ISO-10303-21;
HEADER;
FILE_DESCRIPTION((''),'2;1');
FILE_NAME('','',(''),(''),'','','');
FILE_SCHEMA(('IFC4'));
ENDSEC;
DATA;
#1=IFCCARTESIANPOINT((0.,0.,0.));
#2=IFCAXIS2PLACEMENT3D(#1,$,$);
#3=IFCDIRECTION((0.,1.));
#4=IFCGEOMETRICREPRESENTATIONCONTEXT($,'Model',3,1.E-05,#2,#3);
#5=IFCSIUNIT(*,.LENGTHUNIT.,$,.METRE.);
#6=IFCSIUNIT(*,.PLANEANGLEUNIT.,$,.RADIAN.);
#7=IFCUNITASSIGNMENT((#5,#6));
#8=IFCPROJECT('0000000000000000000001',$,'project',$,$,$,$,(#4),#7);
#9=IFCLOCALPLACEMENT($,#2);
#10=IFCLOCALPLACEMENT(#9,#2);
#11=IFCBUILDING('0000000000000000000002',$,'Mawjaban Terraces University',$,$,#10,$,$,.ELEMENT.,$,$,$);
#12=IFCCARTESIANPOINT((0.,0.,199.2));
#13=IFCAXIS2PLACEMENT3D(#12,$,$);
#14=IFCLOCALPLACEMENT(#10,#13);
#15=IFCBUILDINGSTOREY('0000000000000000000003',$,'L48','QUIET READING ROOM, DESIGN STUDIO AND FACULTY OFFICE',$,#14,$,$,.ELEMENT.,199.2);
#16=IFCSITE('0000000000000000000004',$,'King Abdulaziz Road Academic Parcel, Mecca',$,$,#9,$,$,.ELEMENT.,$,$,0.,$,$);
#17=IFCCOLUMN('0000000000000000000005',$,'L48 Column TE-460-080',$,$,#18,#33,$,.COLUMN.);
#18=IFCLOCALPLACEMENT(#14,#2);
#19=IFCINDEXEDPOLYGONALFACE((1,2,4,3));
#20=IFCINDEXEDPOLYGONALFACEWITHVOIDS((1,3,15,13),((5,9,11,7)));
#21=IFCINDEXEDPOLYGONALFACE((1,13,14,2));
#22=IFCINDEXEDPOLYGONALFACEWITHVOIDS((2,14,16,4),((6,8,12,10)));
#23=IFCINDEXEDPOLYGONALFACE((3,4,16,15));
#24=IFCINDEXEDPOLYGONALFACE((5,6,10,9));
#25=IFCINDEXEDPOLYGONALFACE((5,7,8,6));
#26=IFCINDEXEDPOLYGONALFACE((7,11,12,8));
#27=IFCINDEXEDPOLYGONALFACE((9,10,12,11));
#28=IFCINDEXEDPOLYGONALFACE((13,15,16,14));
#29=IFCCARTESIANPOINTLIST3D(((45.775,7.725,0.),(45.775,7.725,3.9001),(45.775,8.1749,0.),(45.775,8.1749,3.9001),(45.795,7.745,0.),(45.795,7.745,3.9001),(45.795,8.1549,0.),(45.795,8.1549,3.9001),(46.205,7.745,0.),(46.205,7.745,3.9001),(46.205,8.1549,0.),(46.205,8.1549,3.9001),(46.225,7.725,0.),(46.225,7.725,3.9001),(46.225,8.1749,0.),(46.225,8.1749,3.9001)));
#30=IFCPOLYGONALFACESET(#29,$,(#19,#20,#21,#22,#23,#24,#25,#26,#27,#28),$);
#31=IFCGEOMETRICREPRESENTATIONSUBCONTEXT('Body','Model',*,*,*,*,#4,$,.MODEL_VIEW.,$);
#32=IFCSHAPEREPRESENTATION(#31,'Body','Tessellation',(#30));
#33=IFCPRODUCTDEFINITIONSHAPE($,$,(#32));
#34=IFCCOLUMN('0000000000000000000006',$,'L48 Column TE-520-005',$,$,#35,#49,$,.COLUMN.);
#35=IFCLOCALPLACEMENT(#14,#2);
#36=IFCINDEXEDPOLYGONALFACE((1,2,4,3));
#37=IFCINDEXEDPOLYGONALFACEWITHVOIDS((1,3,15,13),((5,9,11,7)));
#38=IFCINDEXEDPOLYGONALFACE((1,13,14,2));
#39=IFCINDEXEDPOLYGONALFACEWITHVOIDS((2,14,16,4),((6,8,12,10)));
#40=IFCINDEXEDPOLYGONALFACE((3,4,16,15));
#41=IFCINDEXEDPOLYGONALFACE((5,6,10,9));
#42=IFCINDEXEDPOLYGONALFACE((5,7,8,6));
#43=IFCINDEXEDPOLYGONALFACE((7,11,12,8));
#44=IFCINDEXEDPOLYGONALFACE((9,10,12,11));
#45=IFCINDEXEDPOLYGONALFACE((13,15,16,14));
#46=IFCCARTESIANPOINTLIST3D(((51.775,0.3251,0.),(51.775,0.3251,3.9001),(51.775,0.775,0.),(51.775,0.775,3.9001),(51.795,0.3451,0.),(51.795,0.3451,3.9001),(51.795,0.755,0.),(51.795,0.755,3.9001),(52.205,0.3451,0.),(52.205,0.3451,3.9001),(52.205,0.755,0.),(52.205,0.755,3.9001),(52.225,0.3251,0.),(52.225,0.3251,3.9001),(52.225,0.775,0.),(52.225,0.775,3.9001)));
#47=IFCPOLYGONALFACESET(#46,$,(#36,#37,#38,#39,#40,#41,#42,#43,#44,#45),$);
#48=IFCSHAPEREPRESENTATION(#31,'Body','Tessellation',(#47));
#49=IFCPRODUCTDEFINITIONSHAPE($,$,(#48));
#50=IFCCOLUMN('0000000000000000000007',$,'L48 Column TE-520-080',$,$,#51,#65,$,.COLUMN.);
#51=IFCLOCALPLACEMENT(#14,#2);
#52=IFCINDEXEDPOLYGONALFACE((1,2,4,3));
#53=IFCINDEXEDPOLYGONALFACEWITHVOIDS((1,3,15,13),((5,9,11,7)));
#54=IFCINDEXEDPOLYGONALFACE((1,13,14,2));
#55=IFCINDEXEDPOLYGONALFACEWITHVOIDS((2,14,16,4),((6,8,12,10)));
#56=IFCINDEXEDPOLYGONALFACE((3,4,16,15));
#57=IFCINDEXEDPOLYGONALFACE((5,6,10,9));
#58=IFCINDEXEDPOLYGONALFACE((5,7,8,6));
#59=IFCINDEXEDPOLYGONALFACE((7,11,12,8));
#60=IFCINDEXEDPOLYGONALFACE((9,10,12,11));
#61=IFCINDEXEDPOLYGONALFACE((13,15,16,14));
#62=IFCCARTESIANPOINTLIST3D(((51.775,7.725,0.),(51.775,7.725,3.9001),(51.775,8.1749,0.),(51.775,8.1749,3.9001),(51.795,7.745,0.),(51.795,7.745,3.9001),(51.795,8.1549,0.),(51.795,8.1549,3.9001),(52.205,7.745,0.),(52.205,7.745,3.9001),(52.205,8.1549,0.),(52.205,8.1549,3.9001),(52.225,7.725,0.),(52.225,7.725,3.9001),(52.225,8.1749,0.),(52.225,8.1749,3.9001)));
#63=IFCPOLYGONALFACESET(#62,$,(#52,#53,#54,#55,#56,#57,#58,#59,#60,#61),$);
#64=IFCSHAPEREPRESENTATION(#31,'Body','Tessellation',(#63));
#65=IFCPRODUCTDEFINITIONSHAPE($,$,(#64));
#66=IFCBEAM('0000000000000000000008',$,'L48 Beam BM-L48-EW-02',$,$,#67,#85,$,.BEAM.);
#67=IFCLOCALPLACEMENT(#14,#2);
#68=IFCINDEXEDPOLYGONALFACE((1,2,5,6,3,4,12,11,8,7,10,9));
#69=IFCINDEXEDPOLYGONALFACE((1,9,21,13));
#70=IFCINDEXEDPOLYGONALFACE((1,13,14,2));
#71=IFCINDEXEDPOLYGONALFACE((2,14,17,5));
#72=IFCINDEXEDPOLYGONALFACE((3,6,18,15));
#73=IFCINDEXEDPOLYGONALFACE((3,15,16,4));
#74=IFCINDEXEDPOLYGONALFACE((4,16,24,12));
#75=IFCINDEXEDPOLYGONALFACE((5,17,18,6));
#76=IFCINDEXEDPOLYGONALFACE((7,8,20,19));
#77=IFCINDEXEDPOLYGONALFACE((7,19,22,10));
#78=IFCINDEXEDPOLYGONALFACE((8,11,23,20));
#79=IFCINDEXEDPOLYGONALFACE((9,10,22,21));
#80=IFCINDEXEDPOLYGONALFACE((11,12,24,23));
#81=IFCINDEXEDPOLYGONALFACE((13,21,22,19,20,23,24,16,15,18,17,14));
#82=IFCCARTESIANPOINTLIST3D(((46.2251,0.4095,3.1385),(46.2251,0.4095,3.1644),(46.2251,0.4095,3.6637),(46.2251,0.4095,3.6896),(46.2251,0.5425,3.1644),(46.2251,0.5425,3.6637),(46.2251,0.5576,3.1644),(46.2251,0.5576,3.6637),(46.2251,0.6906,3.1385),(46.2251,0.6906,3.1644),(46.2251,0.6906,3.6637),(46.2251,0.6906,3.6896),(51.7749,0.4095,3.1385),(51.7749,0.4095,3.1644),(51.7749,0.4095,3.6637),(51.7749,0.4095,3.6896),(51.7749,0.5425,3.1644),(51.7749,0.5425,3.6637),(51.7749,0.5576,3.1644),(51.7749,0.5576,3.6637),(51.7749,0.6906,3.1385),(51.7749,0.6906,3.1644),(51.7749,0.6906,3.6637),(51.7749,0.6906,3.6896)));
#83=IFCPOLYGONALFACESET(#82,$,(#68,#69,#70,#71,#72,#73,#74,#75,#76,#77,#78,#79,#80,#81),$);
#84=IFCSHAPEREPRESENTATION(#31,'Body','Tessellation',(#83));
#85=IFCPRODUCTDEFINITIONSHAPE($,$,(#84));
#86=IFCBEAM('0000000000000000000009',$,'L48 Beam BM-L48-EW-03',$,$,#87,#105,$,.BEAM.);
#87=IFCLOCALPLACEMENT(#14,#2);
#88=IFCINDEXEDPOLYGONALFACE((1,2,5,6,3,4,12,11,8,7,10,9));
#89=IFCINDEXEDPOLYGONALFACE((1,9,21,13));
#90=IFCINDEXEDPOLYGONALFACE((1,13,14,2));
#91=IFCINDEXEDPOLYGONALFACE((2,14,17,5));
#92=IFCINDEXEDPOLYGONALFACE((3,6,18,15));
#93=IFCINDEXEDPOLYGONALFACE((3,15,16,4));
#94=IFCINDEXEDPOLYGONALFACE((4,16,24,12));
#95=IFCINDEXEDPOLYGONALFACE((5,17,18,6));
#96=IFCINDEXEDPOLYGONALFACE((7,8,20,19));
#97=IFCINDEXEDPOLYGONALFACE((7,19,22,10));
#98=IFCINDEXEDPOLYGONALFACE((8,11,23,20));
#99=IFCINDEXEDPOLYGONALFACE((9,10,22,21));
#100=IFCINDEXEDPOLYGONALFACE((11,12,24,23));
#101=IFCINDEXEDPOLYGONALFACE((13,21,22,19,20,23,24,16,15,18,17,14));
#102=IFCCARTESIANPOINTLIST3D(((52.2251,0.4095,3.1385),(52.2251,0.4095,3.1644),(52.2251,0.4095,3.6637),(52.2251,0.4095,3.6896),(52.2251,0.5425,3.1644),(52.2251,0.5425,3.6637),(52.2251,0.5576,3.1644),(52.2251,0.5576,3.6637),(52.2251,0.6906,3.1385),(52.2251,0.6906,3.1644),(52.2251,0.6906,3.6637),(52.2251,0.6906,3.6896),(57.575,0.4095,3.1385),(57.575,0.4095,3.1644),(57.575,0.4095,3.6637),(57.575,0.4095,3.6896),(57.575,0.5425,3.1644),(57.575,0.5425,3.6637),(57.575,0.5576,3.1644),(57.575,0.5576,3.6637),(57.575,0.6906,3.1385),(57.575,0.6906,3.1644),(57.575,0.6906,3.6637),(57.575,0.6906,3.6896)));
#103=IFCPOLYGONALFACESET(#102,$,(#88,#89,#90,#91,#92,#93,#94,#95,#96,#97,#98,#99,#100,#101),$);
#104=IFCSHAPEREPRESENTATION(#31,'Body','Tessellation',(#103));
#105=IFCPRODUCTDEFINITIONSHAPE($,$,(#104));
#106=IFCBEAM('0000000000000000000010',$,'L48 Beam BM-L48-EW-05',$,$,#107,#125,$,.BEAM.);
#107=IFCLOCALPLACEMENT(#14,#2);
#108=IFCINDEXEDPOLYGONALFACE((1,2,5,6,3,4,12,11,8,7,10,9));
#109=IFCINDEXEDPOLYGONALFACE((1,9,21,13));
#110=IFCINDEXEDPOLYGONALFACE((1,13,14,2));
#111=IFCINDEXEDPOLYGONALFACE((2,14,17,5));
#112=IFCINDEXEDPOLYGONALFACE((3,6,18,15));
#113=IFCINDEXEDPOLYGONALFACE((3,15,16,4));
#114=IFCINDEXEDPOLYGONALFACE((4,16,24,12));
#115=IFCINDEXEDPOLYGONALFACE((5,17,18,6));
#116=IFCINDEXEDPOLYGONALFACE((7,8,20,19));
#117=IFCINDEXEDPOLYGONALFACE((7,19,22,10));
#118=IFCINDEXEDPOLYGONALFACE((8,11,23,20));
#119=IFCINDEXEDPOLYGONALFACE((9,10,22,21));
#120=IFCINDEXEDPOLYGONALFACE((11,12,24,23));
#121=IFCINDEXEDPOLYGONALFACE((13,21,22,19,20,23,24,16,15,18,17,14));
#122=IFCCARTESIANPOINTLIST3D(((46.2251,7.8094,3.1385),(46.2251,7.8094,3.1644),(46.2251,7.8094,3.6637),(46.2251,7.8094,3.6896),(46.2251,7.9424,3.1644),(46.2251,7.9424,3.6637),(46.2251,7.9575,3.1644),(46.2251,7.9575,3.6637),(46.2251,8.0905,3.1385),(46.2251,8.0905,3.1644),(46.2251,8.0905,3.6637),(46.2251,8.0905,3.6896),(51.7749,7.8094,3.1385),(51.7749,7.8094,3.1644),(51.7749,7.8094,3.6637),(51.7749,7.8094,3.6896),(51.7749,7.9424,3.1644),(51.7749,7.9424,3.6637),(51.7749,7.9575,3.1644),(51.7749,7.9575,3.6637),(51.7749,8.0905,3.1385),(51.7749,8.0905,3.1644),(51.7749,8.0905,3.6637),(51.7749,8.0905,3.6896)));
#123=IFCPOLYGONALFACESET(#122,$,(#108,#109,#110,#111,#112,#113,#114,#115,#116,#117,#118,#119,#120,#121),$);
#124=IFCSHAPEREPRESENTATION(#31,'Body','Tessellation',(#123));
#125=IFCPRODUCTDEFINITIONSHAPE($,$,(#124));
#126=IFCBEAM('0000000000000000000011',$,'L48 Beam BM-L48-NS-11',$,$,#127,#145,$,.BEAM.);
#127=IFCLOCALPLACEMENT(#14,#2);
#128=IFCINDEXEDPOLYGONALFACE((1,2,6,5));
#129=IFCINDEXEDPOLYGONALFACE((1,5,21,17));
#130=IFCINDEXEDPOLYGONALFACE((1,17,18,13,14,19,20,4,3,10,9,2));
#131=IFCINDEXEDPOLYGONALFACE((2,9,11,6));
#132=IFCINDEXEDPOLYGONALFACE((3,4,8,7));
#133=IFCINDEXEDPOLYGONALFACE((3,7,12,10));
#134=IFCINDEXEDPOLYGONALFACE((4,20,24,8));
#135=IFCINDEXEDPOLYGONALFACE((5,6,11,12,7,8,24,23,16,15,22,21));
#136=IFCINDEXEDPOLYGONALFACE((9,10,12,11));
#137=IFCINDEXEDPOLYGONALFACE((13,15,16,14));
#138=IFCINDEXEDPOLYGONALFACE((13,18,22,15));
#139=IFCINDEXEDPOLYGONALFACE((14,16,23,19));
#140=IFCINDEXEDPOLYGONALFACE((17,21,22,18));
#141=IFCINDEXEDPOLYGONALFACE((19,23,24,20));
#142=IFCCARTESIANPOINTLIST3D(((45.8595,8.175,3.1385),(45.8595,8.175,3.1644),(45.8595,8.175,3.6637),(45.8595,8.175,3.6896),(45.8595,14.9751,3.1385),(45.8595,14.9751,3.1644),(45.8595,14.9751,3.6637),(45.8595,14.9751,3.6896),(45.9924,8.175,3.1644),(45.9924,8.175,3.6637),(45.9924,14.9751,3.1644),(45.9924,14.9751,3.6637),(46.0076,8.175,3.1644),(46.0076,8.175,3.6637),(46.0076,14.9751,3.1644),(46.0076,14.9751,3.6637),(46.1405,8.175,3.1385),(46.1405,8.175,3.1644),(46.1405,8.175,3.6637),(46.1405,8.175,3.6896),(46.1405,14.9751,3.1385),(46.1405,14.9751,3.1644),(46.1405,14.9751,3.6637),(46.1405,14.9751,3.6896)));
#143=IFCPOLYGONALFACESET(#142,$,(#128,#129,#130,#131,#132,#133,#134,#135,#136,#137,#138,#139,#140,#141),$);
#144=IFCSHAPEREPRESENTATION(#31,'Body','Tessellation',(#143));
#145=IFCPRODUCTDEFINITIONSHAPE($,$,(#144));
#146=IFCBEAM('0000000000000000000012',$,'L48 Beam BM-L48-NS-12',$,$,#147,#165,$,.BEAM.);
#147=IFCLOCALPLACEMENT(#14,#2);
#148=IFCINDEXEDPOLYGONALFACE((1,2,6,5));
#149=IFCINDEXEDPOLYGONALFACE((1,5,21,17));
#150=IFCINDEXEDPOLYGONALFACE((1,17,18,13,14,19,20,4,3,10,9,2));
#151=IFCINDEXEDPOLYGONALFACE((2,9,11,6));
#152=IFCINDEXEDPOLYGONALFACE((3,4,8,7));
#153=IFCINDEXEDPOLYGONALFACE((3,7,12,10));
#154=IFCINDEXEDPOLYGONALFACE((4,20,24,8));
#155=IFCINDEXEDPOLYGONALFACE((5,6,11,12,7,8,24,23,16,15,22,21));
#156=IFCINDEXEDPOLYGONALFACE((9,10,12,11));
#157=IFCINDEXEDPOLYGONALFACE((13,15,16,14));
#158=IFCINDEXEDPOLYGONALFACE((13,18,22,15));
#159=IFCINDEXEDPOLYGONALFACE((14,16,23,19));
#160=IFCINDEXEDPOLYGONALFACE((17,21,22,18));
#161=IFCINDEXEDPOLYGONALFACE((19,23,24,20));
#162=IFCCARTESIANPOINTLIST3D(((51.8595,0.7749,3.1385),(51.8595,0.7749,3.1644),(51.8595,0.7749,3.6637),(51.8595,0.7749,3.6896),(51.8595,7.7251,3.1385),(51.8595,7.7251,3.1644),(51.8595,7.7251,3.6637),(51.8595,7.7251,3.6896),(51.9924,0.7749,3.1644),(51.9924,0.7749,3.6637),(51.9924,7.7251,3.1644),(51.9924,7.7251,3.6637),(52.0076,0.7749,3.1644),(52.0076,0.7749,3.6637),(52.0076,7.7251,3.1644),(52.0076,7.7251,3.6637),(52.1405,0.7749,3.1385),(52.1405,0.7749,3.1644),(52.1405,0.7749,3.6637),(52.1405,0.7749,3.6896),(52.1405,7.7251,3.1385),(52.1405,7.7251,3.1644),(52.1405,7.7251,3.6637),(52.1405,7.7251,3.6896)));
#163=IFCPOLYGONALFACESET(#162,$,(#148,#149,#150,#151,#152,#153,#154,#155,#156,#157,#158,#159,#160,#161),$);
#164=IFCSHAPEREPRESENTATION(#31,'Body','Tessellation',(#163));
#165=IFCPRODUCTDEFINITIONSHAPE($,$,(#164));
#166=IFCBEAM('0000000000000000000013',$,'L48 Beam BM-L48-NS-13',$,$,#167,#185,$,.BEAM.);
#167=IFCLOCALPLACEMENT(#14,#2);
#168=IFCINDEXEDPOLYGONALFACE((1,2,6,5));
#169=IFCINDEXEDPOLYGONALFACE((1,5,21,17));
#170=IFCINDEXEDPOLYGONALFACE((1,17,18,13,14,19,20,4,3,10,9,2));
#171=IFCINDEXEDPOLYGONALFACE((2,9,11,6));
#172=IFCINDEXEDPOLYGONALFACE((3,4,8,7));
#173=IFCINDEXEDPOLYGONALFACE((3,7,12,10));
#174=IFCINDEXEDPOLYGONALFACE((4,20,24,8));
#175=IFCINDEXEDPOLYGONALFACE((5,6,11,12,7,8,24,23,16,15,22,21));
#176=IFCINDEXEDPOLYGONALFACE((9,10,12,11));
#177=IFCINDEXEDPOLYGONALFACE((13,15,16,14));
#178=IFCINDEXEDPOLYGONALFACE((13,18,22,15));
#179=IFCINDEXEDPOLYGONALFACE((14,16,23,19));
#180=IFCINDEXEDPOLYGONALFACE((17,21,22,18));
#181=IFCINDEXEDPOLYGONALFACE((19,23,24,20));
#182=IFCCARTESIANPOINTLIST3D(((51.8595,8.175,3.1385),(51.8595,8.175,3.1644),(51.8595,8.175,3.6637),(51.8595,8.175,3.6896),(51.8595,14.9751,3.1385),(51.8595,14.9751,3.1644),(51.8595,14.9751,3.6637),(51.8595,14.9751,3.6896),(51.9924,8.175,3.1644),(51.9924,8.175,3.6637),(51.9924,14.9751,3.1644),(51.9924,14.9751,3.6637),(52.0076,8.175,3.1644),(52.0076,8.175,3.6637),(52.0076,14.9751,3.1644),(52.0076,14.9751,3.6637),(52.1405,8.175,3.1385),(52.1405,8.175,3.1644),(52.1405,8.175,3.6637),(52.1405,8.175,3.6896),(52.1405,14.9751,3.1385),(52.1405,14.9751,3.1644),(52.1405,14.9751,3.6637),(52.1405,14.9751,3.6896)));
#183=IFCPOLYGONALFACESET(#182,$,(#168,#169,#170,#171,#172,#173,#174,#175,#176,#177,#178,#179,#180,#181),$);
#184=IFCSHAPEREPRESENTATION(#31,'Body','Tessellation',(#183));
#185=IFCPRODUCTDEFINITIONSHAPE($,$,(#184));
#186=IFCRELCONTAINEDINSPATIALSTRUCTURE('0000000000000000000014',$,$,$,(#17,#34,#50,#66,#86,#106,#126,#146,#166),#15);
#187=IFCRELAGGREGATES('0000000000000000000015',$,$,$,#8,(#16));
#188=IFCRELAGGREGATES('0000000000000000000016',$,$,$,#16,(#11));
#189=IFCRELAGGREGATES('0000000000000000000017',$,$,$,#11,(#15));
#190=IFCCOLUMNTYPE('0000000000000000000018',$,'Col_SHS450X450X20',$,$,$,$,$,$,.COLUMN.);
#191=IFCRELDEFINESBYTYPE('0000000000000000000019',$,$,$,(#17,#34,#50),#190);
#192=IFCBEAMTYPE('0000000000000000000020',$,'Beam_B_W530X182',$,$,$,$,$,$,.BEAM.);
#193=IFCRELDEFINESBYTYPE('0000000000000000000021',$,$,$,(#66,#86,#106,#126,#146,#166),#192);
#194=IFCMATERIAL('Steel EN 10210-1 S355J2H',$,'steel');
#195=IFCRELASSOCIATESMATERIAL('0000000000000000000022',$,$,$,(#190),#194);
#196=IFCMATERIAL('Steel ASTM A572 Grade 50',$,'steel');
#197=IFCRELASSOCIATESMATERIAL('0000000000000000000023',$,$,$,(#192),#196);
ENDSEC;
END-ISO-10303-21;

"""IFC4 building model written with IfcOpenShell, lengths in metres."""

from ifc_helpers import new_model, si_unit, direction, frame, origin, origin_2d, place, context, subcontext, project, spatial, hollow_rectangle, i_section, extrude, material, material_profile, profile_set, type_object, element, save


model = new_model("IFC4")

# Units and contexts
model_context = context("Model", 3, precision=1e-05, world=origin(), true_north=direction((0.0, 1.0)))
body_context = subcontext(model_context, "Body", "Model", "MODEL_VIEW")
ifc_project = project(units=[si_unit("LENGTHUNIT", "METRE"), si_unit("PLANEANGLEUNIT", "RADIAN")], contexts=[model_context])

# Site, building, storey
site_placement = place(None, origin())
site = spatial("IfcSite", under=ifc_project, at=site_placement, Name="King Abdulaziz Road Academic Parcel, Mecca", CompositionType="ELEMENT", RefElevation=0.0)
building_placement = place(site_placement, origin())
building = spatial("IfcBuilding", under=site, at=building_placement, Name="Mawjaban Terraces University", CompositionType="ELEMENT")
storey_placement = place(building_placement, frame((0.0, 0.0, 199.2)))
storey = spatial("IfcBuildingStorey", under=building, at=storey_placement, Name="L48", Description="QUIET READING ROOM, DESIGN STUDIO AND FACULTY OFFICE", CompositionType="ELEMENT", Elevation=199.2)

# Columns
ifc_material_1 = material(Name="Steel EN 10210-1 S355J2H", Category="steel")
ifc_material_profile_1 = material_profile(ifc_material_1, hollow_rectangle(XDim=0.45, YDim=0.45, WallThickness=0.02, at=origin_2d()), Name="SHS450X450X20")
ifc_profile_set_1 = profile_set([ifc_material_profile_1], Name="Steel EN 10210-1 S355J2H")
column_type = type_object("IfcColumnType", Name="Col_SHS450X450X20", PredefinedType="COLUMN", material=ifc_profile_set_1)
for number, where, z_axis, x_axis, name in (
    (1, (46.0, 7.95, 0.0), (0.0, 0.0, 1.0), (1.0, 0.0, 0.0), "L48 Column TE-460-080"),
    (2, (52.0, 0.55, 0.0), (0.0, 0.0, 1.0), (1.0, 0.0, 0.0), "L48 Column TE-520-005"),
    (3, (52.0, 7.95, 0.0), (0.0, 0.0, 1.0), (1.0, 0.0, 0.0), "L48 Column TE-520-080"),
):
    element("IfcColumn", number, at=place(storey_placement, frame(where, z_axis=z_axis, x_axis=x_axis)), inside=storey, type_object=column_type, Name=name, PredefinedType="COLUMN", context=body_context, shape_type="SweptSolid", body=[
        extrude(hollow_rectangle(XDim=0.45, YDim=0.45, WallThickness=0.02, at=origin_2d()), origin(), (0.0, 0.0, 1.0), 3.9001),
    ])

# Beams
ifc_material_2 = material(Name="Steel ASTM A572 Grade 50", Category="steel")
ifc_material_profile_2 = material_profile(ifc_material_2, i_section(OverallWidth=0.281, OverallDepth=0.551, WebThickness=0.0151, FlangeThickness=0.0259, at=origin_2d()), Name="W530X182")
ifc_profile_set_2 = profile_set([ifc_material_profile_2], Name="Steel ASTM A572 Grade 50")
beam_type_1 = type_object("IfcBeamType", Name="Beam_B_W530X182", PredefinedType="BEAM", material=ifc_profile_set_2)
beam_1_placement = place(storey_placement, frame((46.2251, 0.55, 3.4141), z_axis=(1.0, 0.0, 0.0), x_axis=(0.0, 1.0, 0.0)))
element("IfcBeam", 4, at=beam_1_placement, inside=storey, type_object=beam_type_1, Name="L48 Beam BM-L48-EW-02", PredefinedType="BEAM", context=body_context, shape_type="SweptSolid", body=[
    extrude(i_section(OverallWidth=0.281, OverallDepth=0.551, WebThickness=0.0151, FlangeThickness=0.0259, at=origin_2d()), origin(), (0.0, 0.0, 1.0), 5.5498),
])
beam_2_placement = place(storey_placement, frame((52.2251, 0.55, 3.4141), z_axis=(1.0, 0.0, 0.0), x_axis=(0.0, 1.0, 0.0)))
element("IfcBeam", 5, at=beam_2_placement, inside=storey, type_object=beam_type_1, Name="L48 Beam BM-L48-EW-03", PredefinedType="BEAM", context=body_context, shape_type="SweptSolid", body=[
    extrude(i_section(OverallWidth=0.281, OverallDepth=0.551, WebThickness=0.0151, FlangeThickness=0.0259, at=origin_2d()), origin(), (0.0, 0.0, 1.0), 5.3499),
])
beam_3_placement = place(storey_placement, frame((46.2251, 7.95, 3.4141), z_axis=(1.0, 0.0, 0.0), x_axis=(0.0, 1.0, 0.0)))
element("IfcBeam", 6, at=beam_3_placement, inside=storey, type_object=beam_type_1, Name="L48 Beam BM-L48-EW-05", PredefinedType="BEAM", context=body_context, shape_type="SweptSolid", body=[
    extrude(i_section(OverallWidth=0.281, OverallDepth=0.551, WebThickness=0.0151, FlangeThickness=0.0259, at=origin_2d()), origin(), (0.0, 0.0, 1.0), 5.5498),
])
beam_4_placement = place(storey_placement, frame((46.0, 8.175, 3.4141), z_axis=(0.0, 1.0, 0.0), x_axis=(-1.0, 0.0, 0.0)))
element("IfcBeam", 7, at=beam_4_placement, inside=storey, type_object=beam_type_1, Name="L48 Beam BM-L48-NS-11", PredefinedType="BEAM", context=body_context, shape_type="SweptSolid", body=[
    extrude(i_section(OverallWidth=0.281, OverallDepth=0.551, WebThickness=0.0151, FlangeThickness=0.0259, at=origin_2d()), origin(), (0.0, 0.0, 1.0), 6.8),
])
beam_5_placement = place(storey_placement, frame((52.0, 0.7749, 3.4141), z_axis=(0.0, 1.0, 0.0), x_axis=(-1.0, 0.0, 0.0)))
element("IfcBeam", 8, at=beam_5_placement, inside=storey, type_object=beam_type_1, Name="L48 Beam BM-L48-NS-12", PredefinedType="BEAM", context=body_context, shape_type="SweptSolid", body=[
    extrude(i_section(OverallWidth=0.281, OverallDepth=0.551, WebThickness=0.0151, FlangeThickness=0.0259, at=origin_2d()), origin(), (0.0, 0.0, 1.0), 6.9502),
])
beam_6_placement = place(storey_placement, frame((52.0, 8.175, 3.4141), z_axis=(0.0, 1.0, 0.0), x_axis=(-1.0, 0.0, 0.0)))
element("IfcBeam", 9, at=beam_6_placement, inside=storey, type_object=beam_type_1, Name="L48 Beam BM-L48-NS-13", PredefinedType="BEAM", context=body_context, shape_type="SweptSolid", body=[
    extrude(i_section(OverallWidth=0.281, OverallDepth=0.551, WebThickness=0.0151, FlangeThickness=0.0259, at=origin_2d()), origin(), (0.0, 0.0, 1.0), 6.8),
])

save(model, "model.ifc")
